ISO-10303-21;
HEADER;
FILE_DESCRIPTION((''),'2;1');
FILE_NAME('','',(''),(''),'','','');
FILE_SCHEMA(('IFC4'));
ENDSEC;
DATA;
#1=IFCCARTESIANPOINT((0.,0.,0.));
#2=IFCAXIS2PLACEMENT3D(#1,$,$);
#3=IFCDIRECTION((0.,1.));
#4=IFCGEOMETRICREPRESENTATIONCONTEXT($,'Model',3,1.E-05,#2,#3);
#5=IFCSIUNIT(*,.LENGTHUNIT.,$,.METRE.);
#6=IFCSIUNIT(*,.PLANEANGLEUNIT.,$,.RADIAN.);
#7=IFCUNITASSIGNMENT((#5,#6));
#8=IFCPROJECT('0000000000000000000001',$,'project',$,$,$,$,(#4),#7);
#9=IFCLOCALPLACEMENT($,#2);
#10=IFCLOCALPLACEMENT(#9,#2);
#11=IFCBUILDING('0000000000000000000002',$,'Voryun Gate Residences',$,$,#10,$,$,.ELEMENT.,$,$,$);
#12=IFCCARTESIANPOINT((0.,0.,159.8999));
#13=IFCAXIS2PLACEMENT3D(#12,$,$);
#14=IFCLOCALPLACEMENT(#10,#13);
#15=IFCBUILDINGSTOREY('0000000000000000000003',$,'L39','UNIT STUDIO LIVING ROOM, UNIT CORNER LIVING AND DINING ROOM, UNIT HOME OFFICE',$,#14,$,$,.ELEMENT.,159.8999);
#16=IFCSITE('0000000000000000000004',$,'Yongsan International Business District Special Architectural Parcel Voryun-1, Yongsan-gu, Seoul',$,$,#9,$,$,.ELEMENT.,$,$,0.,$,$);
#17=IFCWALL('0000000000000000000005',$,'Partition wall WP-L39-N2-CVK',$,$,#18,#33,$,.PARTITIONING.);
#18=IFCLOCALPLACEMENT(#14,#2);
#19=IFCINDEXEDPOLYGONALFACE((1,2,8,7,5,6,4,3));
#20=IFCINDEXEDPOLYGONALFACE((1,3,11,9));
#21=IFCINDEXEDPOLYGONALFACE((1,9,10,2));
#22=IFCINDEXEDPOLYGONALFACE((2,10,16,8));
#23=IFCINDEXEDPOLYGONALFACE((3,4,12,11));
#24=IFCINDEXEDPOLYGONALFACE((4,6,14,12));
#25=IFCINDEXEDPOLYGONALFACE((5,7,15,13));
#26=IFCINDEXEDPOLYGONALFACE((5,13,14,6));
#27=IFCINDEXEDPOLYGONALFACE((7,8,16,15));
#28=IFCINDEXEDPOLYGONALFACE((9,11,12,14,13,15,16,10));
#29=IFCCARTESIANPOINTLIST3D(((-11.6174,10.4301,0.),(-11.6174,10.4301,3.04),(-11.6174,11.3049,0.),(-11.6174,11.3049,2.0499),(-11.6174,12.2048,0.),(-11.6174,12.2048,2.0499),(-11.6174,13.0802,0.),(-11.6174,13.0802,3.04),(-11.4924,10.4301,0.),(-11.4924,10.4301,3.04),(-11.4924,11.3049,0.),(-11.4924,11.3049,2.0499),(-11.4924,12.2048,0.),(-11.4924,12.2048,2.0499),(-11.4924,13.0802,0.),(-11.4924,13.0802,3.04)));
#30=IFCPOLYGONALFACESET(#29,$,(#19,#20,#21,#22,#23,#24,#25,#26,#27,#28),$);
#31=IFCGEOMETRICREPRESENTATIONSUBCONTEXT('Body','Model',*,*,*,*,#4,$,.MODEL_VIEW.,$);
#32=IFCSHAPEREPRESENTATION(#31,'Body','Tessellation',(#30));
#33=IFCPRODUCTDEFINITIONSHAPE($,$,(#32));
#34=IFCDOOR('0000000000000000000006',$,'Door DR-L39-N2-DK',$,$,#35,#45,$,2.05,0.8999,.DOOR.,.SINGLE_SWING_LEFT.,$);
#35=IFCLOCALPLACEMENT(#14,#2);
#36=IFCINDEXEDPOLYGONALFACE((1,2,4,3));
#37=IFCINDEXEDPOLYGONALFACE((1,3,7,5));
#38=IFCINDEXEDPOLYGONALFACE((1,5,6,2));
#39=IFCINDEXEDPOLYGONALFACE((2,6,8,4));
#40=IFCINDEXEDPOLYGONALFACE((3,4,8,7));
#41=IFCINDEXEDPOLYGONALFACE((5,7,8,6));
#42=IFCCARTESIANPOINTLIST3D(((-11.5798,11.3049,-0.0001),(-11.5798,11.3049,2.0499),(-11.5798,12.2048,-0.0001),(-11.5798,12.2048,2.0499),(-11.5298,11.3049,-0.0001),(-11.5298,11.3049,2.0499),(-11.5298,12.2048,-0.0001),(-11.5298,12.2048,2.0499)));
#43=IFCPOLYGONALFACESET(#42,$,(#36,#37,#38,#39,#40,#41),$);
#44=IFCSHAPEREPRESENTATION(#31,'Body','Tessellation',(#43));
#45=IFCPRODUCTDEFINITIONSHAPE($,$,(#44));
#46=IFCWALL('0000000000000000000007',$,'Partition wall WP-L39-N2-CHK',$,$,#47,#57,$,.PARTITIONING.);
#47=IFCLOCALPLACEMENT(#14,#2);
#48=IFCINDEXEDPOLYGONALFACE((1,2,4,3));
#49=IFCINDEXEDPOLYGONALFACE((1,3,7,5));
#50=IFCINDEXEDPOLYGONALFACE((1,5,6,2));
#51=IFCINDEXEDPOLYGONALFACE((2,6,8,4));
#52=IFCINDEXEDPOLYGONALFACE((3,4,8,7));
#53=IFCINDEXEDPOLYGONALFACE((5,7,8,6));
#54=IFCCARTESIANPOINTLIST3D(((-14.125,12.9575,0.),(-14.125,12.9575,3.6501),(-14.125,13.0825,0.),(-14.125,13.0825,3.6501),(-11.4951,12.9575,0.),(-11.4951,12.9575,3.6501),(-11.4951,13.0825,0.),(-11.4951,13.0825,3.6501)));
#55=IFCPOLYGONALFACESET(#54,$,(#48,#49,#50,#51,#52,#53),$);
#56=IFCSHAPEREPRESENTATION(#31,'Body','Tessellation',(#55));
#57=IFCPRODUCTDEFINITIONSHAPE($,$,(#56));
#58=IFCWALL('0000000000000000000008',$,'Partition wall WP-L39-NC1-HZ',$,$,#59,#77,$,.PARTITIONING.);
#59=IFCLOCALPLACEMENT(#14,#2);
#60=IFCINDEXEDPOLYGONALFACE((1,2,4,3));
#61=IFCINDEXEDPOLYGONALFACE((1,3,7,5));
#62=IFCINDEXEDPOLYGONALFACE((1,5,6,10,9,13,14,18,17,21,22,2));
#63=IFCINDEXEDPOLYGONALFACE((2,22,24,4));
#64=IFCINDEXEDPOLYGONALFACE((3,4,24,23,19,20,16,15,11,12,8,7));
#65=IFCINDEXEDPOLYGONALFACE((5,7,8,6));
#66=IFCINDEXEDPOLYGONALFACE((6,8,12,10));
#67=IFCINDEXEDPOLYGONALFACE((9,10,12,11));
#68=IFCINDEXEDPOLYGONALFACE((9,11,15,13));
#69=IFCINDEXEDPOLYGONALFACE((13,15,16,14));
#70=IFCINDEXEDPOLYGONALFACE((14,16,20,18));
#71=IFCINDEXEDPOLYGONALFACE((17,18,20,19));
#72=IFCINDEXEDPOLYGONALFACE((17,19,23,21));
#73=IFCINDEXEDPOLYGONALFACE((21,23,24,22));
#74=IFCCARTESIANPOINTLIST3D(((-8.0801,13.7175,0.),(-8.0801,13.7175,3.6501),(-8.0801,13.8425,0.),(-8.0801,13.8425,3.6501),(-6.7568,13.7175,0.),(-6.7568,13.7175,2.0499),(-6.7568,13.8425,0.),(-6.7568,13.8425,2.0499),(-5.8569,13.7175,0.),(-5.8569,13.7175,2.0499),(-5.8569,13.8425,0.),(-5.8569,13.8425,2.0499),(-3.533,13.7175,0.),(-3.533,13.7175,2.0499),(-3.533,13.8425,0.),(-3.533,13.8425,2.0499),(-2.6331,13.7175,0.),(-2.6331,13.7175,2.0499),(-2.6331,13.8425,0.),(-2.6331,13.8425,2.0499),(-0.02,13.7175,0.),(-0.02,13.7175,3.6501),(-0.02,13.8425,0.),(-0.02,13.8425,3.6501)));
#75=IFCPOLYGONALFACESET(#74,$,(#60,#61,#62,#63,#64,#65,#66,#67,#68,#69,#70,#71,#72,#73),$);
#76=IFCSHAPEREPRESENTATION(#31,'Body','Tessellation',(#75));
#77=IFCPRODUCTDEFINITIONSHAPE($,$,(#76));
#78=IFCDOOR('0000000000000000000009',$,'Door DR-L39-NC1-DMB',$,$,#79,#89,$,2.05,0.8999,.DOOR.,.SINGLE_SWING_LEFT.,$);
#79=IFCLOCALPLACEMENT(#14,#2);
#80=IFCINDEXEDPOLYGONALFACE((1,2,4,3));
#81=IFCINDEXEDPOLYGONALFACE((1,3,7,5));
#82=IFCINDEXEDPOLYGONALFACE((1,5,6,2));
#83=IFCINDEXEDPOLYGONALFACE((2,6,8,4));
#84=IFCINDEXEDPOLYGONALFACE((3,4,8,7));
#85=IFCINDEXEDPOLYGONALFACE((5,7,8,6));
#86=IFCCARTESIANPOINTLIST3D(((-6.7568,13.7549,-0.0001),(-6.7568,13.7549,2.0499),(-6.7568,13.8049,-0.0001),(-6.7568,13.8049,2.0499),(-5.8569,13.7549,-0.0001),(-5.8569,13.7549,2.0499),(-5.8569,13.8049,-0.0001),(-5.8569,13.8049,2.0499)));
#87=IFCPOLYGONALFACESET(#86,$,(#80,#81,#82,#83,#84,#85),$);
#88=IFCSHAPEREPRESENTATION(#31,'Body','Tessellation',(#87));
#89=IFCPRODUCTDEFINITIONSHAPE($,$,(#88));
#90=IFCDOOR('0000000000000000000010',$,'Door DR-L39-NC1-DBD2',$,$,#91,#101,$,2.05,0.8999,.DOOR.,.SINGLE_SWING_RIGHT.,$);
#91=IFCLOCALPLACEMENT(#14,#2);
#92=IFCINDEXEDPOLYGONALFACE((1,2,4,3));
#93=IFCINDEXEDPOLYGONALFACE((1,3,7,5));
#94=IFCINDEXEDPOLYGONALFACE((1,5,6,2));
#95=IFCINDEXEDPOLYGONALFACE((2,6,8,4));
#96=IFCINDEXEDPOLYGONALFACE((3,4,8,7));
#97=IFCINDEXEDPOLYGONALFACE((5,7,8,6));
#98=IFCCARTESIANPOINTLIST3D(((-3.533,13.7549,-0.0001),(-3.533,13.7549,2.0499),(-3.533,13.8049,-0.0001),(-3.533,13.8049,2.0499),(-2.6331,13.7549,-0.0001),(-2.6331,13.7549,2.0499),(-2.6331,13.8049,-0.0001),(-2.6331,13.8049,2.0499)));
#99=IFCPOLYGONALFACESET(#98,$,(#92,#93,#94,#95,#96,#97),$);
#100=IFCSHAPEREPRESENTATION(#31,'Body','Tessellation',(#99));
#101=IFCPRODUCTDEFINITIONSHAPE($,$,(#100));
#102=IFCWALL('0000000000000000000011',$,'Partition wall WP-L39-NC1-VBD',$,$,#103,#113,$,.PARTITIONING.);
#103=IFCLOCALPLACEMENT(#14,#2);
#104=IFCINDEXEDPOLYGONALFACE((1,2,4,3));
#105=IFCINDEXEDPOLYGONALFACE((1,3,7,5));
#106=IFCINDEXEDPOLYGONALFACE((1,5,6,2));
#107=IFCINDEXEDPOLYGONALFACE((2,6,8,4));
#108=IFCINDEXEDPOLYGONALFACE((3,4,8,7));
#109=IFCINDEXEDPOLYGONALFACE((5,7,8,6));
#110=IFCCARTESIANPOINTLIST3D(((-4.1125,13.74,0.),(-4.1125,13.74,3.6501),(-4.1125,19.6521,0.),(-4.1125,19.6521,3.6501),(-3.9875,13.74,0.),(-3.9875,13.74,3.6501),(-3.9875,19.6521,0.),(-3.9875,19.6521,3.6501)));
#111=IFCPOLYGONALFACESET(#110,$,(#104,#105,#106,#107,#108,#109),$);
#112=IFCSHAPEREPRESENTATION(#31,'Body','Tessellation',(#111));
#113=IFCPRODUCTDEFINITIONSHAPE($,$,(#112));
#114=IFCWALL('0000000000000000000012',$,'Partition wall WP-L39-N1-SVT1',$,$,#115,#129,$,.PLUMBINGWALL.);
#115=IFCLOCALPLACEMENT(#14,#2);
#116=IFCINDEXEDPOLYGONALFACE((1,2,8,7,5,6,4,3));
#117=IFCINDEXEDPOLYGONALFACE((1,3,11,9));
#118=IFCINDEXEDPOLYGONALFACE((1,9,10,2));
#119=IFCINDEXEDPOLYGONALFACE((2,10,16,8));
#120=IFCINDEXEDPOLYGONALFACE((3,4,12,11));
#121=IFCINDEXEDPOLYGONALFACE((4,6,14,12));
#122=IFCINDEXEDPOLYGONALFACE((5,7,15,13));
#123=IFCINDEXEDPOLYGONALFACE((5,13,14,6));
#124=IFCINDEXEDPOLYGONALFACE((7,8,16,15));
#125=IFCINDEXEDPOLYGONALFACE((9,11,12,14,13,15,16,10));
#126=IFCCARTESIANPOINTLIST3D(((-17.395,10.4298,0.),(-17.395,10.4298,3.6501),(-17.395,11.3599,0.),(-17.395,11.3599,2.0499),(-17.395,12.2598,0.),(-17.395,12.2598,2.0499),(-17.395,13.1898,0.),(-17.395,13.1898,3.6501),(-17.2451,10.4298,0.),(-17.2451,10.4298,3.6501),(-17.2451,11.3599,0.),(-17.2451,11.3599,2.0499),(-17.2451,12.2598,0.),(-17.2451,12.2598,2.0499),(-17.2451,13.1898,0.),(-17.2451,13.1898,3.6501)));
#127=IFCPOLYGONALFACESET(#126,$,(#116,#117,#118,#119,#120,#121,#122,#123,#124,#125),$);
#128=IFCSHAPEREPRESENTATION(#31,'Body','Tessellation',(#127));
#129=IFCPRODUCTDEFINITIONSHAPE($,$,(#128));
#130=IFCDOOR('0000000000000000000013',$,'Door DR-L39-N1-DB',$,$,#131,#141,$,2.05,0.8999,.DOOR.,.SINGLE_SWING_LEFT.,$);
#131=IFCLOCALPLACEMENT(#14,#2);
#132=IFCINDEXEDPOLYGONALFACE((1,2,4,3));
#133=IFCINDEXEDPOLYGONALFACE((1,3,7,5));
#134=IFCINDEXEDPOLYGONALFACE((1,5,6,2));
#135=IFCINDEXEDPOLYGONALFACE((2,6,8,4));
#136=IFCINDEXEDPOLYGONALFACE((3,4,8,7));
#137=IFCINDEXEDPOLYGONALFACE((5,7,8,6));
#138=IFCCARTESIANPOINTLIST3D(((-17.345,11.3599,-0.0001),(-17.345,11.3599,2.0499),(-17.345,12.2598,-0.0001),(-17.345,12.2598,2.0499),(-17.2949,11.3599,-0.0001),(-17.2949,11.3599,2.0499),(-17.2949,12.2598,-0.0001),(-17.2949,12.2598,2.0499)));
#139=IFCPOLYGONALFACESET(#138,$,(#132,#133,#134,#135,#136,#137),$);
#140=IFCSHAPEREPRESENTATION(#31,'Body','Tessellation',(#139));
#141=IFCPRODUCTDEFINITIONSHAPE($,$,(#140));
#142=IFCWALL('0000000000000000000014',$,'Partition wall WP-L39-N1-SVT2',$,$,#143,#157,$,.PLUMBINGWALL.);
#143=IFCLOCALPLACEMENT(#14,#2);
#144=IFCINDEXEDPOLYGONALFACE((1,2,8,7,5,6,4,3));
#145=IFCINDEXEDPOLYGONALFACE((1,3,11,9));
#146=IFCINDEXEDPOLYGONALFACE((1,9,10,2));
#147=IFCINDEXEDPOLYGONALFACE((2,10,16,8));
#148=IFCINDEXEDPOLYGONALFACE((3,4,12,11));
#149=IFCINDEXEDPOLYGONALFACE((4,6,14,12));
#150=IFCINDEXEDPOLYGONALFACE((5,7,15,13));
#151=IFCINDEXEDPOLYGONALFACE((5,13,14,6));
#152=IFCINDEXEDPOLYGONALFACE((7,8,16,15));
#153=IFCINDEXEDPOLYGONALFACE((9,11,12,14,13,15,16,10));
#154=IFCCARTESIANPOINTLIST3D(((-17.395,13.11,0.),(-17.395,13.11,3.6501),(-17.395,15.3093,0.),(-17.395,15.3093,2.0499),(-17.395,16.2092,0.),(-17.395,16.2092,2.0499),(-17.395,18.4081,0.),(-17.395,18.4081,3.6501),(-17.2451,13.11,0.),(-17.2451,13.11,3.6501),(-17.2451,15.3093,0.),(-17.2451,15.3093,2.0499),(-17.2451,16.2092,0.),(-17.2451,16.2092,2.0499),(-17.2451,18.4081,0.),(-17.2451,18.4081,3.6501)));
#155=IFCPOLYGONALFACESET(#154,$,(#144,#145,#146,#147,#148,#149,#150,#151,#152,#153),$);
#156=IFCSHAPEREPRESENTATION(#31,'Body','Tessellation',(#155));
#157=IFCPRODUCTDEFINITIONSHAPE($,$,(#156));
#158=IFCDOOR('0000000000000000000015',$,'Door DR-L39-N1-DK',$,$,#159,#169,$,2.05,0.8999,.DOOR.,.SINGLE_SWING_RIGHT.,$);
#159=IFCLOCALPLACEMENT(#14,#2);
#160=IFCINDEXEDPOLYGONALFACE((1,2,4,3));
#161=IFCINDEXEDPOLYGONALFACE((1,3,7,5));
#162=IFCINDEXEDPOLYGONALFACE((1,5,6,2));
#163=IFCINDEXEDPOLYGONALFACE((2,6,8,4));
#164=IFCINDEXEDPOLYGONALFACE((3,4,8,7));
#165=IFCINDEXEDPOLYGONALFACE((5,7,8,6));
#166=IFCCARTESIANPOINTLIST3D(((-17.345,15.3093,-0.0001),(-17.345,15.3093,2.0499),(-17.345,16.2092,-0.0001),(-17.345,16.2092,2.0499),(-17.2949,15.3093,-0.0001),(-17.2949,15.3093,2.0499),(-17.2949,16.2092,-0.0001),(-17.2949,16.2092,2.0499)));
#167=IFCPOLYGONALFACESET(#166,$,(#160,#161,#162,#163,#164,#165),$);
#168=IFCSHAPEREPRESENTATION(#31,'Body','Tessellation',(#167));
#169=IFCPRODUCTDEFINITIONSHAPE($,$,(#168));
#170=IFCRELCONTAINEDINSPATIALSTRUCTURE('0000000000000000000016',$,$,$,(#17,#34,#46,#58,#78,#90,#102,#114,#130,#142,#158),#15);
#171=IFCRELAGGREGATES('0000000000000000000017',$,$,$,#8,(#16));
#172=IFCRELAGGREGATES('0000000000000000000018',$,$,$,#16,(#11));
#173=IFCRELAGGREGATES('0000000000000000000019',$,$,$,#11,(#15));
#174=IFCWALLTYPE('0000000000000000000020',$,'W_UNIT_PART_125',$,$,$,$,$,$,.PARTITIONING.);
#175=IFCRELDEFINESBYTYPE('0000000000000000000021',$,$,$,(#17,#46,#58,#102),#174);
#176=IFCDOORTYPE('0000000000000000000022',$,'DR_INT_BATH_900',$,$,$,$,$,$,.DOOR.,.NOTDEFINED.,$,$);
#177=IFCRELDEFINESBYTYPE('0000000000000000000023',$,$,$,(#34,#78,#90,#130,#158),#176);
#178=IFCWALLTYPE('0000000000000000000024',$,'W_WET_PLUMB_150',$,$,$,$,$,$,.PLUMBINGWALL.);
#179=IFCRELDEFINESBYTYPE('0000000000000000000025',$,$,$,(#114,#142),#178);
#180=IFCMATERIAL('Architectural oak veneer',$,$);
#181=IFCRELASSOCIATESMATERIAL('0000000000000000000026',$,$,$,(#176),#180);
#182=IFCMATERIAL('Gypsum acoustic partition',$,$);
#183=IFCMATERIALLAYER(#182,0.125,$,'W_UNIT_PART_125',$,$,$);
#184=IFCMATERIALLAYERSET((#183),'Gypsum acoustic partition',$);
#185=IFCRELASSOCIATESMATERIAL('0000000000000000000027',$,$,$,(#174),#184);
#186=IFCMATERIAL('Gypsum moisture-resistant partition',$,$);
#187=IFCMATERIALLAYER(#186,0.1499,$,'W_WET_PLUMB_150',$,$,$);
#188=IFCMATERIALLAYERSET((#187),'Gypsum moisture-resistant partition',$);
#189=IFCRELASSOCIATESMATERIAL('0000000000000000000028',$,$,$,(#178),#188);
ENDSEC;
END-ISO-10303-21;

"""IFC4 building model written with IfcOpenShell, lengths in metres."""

from ifc_helpers import new_model, si_unit, direction, frame, frame_2d, origin, place, context, subcontext, project, spatial, rectangle, extrude, material, layer, layer_set, type_object, element, fill, save


model = new_model("IFC4")

# Units and contexts
model_context = context("Model", 3, precision=1e-05, world=origin(), true_north=direction((0.0, 1.0)))
body_context = subcontext(model_context, "Body", "Model", "MODEL_VIEW")
ifc_project = project(units=[si_unit("LENGTHUNIT", "METRE"), si_unit("PLANEANGLEUNIT", "RADIAN")], contexts=[model_context])

# Site, building, storey
site_placement = place(None, origin())
site = spatial("IfcSite", under=ifc_project, at=site_placement, Name="Yongsan International Business District Special Architectural Parcel Voryun-1, Yongsan-gu, Seoul", CompositionType="ELEMENT", RefElevation=0.0)
building_placement = place(site_placement, origin())
building = spatial("IfcBuilding", under=site, at=building_placement, Name="Voryun Gate Residences", CompositionType="ELEMENT")
storey_placement = place(building_placement, frame((0.0, 0.0, 159.8999)))
storey = spatial("IfcBuildingStorey", under=building, at=storey_placement, Name="L39", Description="UNIT STUDIO LIVING ROOM, UNIT CORNER LIVING AND DINING ROOM, UNIT HOME OFFICE", CompositionType="ELEMENT", Elevation=159.8999)

# Shared definitions
ifc_material_1 = material(Name="Architectural oak veneer")
door_type = type_object("IfcDoorType", Name="DR_INT_BATH_900", OperationType="NOTDEFINED", PredefinedType="DOOR", material=ifc_material_1)

# Wall, opening, door
ifc_material_2 = material(Name="Gypsum acoustic partition")
ifc_layer_1 = layer(ifc_material_2, 0.125, Name="W_UNIT_PART_125")
ifc_layer_set_1 = layer_set([ifc_layer_1], Name="Gypsum acoustic partition")
wall_type_1 = type_object("IfcWallType", Name="W_UNIT_PART_125", PredefinedType="PARTITIONING", material=ifc_layer_set_1)
wall_1_placement = place(storey_placement, frame((-11.5549, 10.4299, 0.0), z_axis=(0.0, 0.0, 1.0), x_axis=(0.0, 1.0, 0.0)))
wall_1 = element("IfcWall", 1, at=wall_1_placement, inside=storey, type_object=wall_type_1, Name="Partition wall WP-L39-N2-CVK", PredefinedType="PARTITIONING", context=body_context, shape_type="SweptSolid", body=[
    extrude(rectangle(XDim=2.6501, YDim=0.125, at=frame_2d((1.3252, 0.0))), origin(), (0.0, 0.0, 1.0), 3.04),
])
opening_1_placement = place(wall_1_placement, frame((0.875, 0.0, 0.0)))
opening_1 = element("IfcOpeningElement", 2, at=opening_1_placement, cuts=wall_1, PredefinedType="OPENING", context=body_context, shape_type="SweptSolid", body=[
    extrude(rectangle(XDim=0.8999, YDim=2.05, at=frame_2d((0.45, 1.0249))), frame((0.0, 0.0725, 0.0), z_axis=(0.0, -1.0, 0.0), x_axis=(1.0, 0.0, 0.0)), (0.0, 0.0, 1.0), 0.145),
])
door_1_placement = place(opening_1_placement, origin())
door_1 = element("IfcDoor", 3, at=door_1_placement, inside=storey, type_object=door_type, Name="Door DR-L39-N2-DK", OperationType="SINGLE_SWING_LEFT", OverallHeight=2.05, OverallWidth=0.8999, PredefinedType="DOOR", context=body_context, shape_type="SweptSolid", body=[
    extrude(rectangle(XDim=0.8999, YDim=2.05, at=frame_2d((0.45, 1.0249))), frame((0.0, 0.0249, 0.0), z_axis=(0.0, -1.0, 0.0), x_axis=(1.0, 0.0, 0.0)), (0.0, 0.0, 1.0), 0.05),
])
fill(opening_1, door_1)

# Wall
wall_2_placement = place(storey_placement, frame((-14.125, 13.02, 0.0), z_axis=(0.0, 0.0, 1.0), x_axis=(1.0, 0.0, 0.0)))
element("IfcWall", 4, at=wall_2_placement, inside=storey, type_object=wall_type_1, Name="Partition wall WP-L39-N2-CHK", PredefinedType="PARTITIONING", context=body_context, shape_type="SweptSolid", body=[
    extrude(rectangle(XDim=2.6299, YDim=0.125, at=frame_2d((1.3149, 0.0))), origin(), (0.0, 0.0, 1.0), 3.6501),
])

# Wall, openings, doors
wall_3_placement = place(storey_placement, frame((-8.0801, 13.78, 0.0), z_axis=(0.0, 0.0, 1.0), x_axis=(1.0, 0.0, 0.0)))
wall_3 = element("IfcWall", 5, at=wall_3_placement, inside=storey, type_object=wall_type_1, Name="Partition wall WP-L39-NC1-HZ", PredefinedType="PARTITIONING", context=body_context, shape_type="SweptSolid", body=[
    extrude(rectangle(XDim=8.0601, YDim=0.125, at=frame_2d((4.03, 0.0))), origin(), (0.0, 0.0, 1.0), 3.6501),
])
opening_2_placement = place(wall_3_placement, frame((1.3232, 0.0, 0.0)))
opening_2 = element("IfcOpeningElement", 6, at=opening_2_placement, cuts=wall_3, PredefinedType="OPENING", context=body_context, shape_type="SweptSolid", body=[
    extrude(rectangle(XDim=0.8999, YDim=2.05, at=frame_2d((0.45, 1.0249))), frame((0.0, 0.0725, 0.0), z_axis=(0.0, -1.0, 0.0), x_axis=(1.0, 0.0, 0.0)), (0.0, 0.0, 1.0), 0.145),
])
opening_3_placement = place(wall_3_placement, frame((4.5471, 0.0, 0.0)))
opening_3 = element("IfcOpeningElement", 7, at=opening_3_placement, cuts=wall_3, PredefinedType="OPENING", context=body_context, shape_type="SweptSolid", body=[
    extrude(rectangle(XDim=0.8999, YDim=2.05, at=frame_2d((0.45, 1.0249))), frame((0.0, 0.0725, 0.0), z_axis=(0.0, -1.0, 0.0), x_axis=(1.0, 0.0, 0.0)), (0.0, 0.0, 1.0), 0.145),
])
door_2_placement = place(opening_2_placement, origin())
door_2 = element("IfcDoor", 8, at=door_2_placement, inside=storey, type_object=door_type, Name="Door DR-L39-NC1-DMB", OperationType="SINGLE_SWING_LEFT", OverallHeight=2.05, OverallWidth=0.8999, PredefinedType="DOOR", context=body_context, shape_type="SweptSolid", body=[
    extrude(rectangle(XDim=0.8999, YDim=2.05, at=frame_2d((0.45, 1.0249))), frame((0.0, 0.0249, 0.0), z_axis=(0.0, -1.0, 0.0), x_axis=(1.0, 0.0, 0.0)), (0.0, 0.0, 1.0), 0.05),
])
fill(opening_2, door_2)
door_3_placement = place(opening_3_placement, origin())
door_3 = element("IfcDoor", 9, at=door_3_placement, inside=storey, type_object=door_type, Name="Door DR-L39-NC1-DBD2", OperationType="SINGLE_SWING_RIGHT", OverallHeight=2.05, OverallWidth=0.8999, PredefinedType="DOOR", context=body_context, shape_type="SweptSolid", body=[
    extrude(rectangle(XDim=0.8999, YDim=2.05, at=frame_2d((0.45, 1.0249))), frame((0.0, 0.0249, 0.0), z_axis=(0.0, -1.0, 0.0), x_axis=(1.0, 0.0, 0.0)), (0.0, 0.0, 1.0), 0.05),
])
fill(opening_3, door_3)

# Wall
wall_4_placement = place(storey_placement, frame((-4.05, 13.74, 0.0), z_axis=(0.0, 0.0, 1.0), x_axis=(0.0, 1.0, 0.0)))
element("IfcWall", 10, at=wall_4_placement, inside=storey, type_object=wall_type_1, Name="Partition wall WP-L39-NC1-VBD", PredefinedType="PARTITIONING", context=body_context, shape_type="SweptSolid", body=[
    extrude(rectangle(XDim=5.9121, YDim=0.125, at=frame_2d((2.9561, 0.0))), origin(), (0.0, 0.0, 1.0), 3.6501),
])

# Walls, openings, doors
ifc_material_3 = material(Name="Gypsum moisture-resistant partition")
ifc_layer_2 = layer(ifc_material_3, 0.1499, Name="W_WET_PLUMB_150")
ifc_layer_set_2 = layer_set([ifc_layer_2], Name="Gypsum moisture-resistant partition")
wall_type_2 = type_object("IfcWallType", Name="W_WET_PLUMB_150", PredefinedType="PLUMBINGWALL", material=ifc_layer_set_2)
wall_5_placement = place(storey_placement, frame((-17.3201, 10.4299, 0.0), z_axis=(0.0, 0.0, 1.0), x_axis=(0.0, 1.0, 0.0)))
wall_5 = element("IfcWall", 11, at=wall_5_placement, inside=storey, type_object=wall_type_2, Name="Partition wall WP-L39-N1-SVT1", PredefinedType="PLUMBINGWALL", context=body_context, shape_type="SweptSolid", body=[
    extrude(rectangle(XDim=2.76, YDim=0.1499, at=frame_2d((1.3799, 0.0))), origin(), (0.0, 0.0, 1.0), 3.6501),
])
opening_4_placement = place(wall_5_placement, frame((0.9299, 0.0, 0.0)))
opening_4 = element("IfcOpeningElement", 12, at=opening_4_placement, cuts=wall_5, PredefinedType="OPENING", context=body_context, shape_type="SweptSolid", body=[
    extrude(rectangle(XDim=0.8999, YDim=2.05, at=frame_2d((0.45, 1.0249))), frame((0.0, 0.085, 0.0), z_axis=(0.0, -1.0, 0.0), x_axis=(1.0, 0.0, 0.0)), (0.0, 0.0, 1.0), 0.1699),
])
door_4_placement = place(opening_4_placement, origin())
door_4 = element("IfcDoor", 13, at=door_4_placement, inside=storey, type_object=door_type, Name="Door DR-L39-N1-DB", OperationType="SINGLE_SWING_LEFT", OverallHeight=2.05, OverallWidth=0.8999, PredefinedType="DOOR", context=body_context, shape_type="SweptSolid", body=[
    extrude(rectangle(XDim=0.8999, YDim=2.05, at=frame_2d((0.45, 1.0249))), frame((0.0, 0.0249, 0.0), z_axis=(0.0, -1.0, 0.0), x_axis=(1.0, 0.0, 0.0)), (0.0, 0.0, 1.0), 0.05),
])
fill(opening_4, door_4)
wall_6_placement = place(storey_placement, frame((-17.3201, 13.1101, 0.0), z_axis=(0.0, 0.0, 1.0), x_axis=(0.0, 1.0, 0.0)))
wall_6 = element("IfcWall", 14, at=wall_6_placement, inside=storey, type_object=wall_type_2, Name="Partition wall WP-L39-N1-SVT2", PredefinedType="PLUMBINGWALL", context=body_context, shape_type="SweptSolid", body=[
    extrude(rectangle(XDim=5.2981, YDim=0.1499, at=frame_2d((2.6489, 0.0))), origin(), (0.0, 0.0, 1.0), 3.6501),
])
opening_5_placement = place(wall_6_placement, frame((2.1992, 0.0, 0.0)))
opening_5 = element("IfcOpeningElement", 15, at=opening_5_placement, cuts=wall_6, PredefinedType="OPENING", context=body_context, shape_type="SweptSolid", body=[
    extrude(rectangle(XDim=0.8999, YDim=2.05, at=frame_2d((0.45, 1.0249))), frame((0.0, 0.085, 0.0), z_axis=(0.0, -1.0, 0.0), x_axis=(1.0, 0.0, 0.0)), (0.0, 0.0, 1.0), 0.1699),
])
door_5_placement = place(opening_5_placement, origin())
door_5 = element("IfcDoor", 16, at=door_5_placement, inside=storey, type_object=door_type, Name="Door DR-L39-N1-DK", OperationType="SINGLE_SWING_RIGHT", OverallHeight=2.05, OverallWidth=0.8999, PredefinedType="DOOR", context=body_context, shape_type="SweptSolid", body=[
    extrude(rectangle(XDim=0.8999, YDim=2.05, at=frame_2d((0.45, 1.0249))), frame((0.0, 0.0249, 0.0), z_axis=(0.0, -1.0, 0.0), x_axis=(1.0, 0.0, 0.0)), (0.0, 0.0, 1.0), 0.05),
])
fill(opening_5, door_5)

save(model, "model.ifc")
